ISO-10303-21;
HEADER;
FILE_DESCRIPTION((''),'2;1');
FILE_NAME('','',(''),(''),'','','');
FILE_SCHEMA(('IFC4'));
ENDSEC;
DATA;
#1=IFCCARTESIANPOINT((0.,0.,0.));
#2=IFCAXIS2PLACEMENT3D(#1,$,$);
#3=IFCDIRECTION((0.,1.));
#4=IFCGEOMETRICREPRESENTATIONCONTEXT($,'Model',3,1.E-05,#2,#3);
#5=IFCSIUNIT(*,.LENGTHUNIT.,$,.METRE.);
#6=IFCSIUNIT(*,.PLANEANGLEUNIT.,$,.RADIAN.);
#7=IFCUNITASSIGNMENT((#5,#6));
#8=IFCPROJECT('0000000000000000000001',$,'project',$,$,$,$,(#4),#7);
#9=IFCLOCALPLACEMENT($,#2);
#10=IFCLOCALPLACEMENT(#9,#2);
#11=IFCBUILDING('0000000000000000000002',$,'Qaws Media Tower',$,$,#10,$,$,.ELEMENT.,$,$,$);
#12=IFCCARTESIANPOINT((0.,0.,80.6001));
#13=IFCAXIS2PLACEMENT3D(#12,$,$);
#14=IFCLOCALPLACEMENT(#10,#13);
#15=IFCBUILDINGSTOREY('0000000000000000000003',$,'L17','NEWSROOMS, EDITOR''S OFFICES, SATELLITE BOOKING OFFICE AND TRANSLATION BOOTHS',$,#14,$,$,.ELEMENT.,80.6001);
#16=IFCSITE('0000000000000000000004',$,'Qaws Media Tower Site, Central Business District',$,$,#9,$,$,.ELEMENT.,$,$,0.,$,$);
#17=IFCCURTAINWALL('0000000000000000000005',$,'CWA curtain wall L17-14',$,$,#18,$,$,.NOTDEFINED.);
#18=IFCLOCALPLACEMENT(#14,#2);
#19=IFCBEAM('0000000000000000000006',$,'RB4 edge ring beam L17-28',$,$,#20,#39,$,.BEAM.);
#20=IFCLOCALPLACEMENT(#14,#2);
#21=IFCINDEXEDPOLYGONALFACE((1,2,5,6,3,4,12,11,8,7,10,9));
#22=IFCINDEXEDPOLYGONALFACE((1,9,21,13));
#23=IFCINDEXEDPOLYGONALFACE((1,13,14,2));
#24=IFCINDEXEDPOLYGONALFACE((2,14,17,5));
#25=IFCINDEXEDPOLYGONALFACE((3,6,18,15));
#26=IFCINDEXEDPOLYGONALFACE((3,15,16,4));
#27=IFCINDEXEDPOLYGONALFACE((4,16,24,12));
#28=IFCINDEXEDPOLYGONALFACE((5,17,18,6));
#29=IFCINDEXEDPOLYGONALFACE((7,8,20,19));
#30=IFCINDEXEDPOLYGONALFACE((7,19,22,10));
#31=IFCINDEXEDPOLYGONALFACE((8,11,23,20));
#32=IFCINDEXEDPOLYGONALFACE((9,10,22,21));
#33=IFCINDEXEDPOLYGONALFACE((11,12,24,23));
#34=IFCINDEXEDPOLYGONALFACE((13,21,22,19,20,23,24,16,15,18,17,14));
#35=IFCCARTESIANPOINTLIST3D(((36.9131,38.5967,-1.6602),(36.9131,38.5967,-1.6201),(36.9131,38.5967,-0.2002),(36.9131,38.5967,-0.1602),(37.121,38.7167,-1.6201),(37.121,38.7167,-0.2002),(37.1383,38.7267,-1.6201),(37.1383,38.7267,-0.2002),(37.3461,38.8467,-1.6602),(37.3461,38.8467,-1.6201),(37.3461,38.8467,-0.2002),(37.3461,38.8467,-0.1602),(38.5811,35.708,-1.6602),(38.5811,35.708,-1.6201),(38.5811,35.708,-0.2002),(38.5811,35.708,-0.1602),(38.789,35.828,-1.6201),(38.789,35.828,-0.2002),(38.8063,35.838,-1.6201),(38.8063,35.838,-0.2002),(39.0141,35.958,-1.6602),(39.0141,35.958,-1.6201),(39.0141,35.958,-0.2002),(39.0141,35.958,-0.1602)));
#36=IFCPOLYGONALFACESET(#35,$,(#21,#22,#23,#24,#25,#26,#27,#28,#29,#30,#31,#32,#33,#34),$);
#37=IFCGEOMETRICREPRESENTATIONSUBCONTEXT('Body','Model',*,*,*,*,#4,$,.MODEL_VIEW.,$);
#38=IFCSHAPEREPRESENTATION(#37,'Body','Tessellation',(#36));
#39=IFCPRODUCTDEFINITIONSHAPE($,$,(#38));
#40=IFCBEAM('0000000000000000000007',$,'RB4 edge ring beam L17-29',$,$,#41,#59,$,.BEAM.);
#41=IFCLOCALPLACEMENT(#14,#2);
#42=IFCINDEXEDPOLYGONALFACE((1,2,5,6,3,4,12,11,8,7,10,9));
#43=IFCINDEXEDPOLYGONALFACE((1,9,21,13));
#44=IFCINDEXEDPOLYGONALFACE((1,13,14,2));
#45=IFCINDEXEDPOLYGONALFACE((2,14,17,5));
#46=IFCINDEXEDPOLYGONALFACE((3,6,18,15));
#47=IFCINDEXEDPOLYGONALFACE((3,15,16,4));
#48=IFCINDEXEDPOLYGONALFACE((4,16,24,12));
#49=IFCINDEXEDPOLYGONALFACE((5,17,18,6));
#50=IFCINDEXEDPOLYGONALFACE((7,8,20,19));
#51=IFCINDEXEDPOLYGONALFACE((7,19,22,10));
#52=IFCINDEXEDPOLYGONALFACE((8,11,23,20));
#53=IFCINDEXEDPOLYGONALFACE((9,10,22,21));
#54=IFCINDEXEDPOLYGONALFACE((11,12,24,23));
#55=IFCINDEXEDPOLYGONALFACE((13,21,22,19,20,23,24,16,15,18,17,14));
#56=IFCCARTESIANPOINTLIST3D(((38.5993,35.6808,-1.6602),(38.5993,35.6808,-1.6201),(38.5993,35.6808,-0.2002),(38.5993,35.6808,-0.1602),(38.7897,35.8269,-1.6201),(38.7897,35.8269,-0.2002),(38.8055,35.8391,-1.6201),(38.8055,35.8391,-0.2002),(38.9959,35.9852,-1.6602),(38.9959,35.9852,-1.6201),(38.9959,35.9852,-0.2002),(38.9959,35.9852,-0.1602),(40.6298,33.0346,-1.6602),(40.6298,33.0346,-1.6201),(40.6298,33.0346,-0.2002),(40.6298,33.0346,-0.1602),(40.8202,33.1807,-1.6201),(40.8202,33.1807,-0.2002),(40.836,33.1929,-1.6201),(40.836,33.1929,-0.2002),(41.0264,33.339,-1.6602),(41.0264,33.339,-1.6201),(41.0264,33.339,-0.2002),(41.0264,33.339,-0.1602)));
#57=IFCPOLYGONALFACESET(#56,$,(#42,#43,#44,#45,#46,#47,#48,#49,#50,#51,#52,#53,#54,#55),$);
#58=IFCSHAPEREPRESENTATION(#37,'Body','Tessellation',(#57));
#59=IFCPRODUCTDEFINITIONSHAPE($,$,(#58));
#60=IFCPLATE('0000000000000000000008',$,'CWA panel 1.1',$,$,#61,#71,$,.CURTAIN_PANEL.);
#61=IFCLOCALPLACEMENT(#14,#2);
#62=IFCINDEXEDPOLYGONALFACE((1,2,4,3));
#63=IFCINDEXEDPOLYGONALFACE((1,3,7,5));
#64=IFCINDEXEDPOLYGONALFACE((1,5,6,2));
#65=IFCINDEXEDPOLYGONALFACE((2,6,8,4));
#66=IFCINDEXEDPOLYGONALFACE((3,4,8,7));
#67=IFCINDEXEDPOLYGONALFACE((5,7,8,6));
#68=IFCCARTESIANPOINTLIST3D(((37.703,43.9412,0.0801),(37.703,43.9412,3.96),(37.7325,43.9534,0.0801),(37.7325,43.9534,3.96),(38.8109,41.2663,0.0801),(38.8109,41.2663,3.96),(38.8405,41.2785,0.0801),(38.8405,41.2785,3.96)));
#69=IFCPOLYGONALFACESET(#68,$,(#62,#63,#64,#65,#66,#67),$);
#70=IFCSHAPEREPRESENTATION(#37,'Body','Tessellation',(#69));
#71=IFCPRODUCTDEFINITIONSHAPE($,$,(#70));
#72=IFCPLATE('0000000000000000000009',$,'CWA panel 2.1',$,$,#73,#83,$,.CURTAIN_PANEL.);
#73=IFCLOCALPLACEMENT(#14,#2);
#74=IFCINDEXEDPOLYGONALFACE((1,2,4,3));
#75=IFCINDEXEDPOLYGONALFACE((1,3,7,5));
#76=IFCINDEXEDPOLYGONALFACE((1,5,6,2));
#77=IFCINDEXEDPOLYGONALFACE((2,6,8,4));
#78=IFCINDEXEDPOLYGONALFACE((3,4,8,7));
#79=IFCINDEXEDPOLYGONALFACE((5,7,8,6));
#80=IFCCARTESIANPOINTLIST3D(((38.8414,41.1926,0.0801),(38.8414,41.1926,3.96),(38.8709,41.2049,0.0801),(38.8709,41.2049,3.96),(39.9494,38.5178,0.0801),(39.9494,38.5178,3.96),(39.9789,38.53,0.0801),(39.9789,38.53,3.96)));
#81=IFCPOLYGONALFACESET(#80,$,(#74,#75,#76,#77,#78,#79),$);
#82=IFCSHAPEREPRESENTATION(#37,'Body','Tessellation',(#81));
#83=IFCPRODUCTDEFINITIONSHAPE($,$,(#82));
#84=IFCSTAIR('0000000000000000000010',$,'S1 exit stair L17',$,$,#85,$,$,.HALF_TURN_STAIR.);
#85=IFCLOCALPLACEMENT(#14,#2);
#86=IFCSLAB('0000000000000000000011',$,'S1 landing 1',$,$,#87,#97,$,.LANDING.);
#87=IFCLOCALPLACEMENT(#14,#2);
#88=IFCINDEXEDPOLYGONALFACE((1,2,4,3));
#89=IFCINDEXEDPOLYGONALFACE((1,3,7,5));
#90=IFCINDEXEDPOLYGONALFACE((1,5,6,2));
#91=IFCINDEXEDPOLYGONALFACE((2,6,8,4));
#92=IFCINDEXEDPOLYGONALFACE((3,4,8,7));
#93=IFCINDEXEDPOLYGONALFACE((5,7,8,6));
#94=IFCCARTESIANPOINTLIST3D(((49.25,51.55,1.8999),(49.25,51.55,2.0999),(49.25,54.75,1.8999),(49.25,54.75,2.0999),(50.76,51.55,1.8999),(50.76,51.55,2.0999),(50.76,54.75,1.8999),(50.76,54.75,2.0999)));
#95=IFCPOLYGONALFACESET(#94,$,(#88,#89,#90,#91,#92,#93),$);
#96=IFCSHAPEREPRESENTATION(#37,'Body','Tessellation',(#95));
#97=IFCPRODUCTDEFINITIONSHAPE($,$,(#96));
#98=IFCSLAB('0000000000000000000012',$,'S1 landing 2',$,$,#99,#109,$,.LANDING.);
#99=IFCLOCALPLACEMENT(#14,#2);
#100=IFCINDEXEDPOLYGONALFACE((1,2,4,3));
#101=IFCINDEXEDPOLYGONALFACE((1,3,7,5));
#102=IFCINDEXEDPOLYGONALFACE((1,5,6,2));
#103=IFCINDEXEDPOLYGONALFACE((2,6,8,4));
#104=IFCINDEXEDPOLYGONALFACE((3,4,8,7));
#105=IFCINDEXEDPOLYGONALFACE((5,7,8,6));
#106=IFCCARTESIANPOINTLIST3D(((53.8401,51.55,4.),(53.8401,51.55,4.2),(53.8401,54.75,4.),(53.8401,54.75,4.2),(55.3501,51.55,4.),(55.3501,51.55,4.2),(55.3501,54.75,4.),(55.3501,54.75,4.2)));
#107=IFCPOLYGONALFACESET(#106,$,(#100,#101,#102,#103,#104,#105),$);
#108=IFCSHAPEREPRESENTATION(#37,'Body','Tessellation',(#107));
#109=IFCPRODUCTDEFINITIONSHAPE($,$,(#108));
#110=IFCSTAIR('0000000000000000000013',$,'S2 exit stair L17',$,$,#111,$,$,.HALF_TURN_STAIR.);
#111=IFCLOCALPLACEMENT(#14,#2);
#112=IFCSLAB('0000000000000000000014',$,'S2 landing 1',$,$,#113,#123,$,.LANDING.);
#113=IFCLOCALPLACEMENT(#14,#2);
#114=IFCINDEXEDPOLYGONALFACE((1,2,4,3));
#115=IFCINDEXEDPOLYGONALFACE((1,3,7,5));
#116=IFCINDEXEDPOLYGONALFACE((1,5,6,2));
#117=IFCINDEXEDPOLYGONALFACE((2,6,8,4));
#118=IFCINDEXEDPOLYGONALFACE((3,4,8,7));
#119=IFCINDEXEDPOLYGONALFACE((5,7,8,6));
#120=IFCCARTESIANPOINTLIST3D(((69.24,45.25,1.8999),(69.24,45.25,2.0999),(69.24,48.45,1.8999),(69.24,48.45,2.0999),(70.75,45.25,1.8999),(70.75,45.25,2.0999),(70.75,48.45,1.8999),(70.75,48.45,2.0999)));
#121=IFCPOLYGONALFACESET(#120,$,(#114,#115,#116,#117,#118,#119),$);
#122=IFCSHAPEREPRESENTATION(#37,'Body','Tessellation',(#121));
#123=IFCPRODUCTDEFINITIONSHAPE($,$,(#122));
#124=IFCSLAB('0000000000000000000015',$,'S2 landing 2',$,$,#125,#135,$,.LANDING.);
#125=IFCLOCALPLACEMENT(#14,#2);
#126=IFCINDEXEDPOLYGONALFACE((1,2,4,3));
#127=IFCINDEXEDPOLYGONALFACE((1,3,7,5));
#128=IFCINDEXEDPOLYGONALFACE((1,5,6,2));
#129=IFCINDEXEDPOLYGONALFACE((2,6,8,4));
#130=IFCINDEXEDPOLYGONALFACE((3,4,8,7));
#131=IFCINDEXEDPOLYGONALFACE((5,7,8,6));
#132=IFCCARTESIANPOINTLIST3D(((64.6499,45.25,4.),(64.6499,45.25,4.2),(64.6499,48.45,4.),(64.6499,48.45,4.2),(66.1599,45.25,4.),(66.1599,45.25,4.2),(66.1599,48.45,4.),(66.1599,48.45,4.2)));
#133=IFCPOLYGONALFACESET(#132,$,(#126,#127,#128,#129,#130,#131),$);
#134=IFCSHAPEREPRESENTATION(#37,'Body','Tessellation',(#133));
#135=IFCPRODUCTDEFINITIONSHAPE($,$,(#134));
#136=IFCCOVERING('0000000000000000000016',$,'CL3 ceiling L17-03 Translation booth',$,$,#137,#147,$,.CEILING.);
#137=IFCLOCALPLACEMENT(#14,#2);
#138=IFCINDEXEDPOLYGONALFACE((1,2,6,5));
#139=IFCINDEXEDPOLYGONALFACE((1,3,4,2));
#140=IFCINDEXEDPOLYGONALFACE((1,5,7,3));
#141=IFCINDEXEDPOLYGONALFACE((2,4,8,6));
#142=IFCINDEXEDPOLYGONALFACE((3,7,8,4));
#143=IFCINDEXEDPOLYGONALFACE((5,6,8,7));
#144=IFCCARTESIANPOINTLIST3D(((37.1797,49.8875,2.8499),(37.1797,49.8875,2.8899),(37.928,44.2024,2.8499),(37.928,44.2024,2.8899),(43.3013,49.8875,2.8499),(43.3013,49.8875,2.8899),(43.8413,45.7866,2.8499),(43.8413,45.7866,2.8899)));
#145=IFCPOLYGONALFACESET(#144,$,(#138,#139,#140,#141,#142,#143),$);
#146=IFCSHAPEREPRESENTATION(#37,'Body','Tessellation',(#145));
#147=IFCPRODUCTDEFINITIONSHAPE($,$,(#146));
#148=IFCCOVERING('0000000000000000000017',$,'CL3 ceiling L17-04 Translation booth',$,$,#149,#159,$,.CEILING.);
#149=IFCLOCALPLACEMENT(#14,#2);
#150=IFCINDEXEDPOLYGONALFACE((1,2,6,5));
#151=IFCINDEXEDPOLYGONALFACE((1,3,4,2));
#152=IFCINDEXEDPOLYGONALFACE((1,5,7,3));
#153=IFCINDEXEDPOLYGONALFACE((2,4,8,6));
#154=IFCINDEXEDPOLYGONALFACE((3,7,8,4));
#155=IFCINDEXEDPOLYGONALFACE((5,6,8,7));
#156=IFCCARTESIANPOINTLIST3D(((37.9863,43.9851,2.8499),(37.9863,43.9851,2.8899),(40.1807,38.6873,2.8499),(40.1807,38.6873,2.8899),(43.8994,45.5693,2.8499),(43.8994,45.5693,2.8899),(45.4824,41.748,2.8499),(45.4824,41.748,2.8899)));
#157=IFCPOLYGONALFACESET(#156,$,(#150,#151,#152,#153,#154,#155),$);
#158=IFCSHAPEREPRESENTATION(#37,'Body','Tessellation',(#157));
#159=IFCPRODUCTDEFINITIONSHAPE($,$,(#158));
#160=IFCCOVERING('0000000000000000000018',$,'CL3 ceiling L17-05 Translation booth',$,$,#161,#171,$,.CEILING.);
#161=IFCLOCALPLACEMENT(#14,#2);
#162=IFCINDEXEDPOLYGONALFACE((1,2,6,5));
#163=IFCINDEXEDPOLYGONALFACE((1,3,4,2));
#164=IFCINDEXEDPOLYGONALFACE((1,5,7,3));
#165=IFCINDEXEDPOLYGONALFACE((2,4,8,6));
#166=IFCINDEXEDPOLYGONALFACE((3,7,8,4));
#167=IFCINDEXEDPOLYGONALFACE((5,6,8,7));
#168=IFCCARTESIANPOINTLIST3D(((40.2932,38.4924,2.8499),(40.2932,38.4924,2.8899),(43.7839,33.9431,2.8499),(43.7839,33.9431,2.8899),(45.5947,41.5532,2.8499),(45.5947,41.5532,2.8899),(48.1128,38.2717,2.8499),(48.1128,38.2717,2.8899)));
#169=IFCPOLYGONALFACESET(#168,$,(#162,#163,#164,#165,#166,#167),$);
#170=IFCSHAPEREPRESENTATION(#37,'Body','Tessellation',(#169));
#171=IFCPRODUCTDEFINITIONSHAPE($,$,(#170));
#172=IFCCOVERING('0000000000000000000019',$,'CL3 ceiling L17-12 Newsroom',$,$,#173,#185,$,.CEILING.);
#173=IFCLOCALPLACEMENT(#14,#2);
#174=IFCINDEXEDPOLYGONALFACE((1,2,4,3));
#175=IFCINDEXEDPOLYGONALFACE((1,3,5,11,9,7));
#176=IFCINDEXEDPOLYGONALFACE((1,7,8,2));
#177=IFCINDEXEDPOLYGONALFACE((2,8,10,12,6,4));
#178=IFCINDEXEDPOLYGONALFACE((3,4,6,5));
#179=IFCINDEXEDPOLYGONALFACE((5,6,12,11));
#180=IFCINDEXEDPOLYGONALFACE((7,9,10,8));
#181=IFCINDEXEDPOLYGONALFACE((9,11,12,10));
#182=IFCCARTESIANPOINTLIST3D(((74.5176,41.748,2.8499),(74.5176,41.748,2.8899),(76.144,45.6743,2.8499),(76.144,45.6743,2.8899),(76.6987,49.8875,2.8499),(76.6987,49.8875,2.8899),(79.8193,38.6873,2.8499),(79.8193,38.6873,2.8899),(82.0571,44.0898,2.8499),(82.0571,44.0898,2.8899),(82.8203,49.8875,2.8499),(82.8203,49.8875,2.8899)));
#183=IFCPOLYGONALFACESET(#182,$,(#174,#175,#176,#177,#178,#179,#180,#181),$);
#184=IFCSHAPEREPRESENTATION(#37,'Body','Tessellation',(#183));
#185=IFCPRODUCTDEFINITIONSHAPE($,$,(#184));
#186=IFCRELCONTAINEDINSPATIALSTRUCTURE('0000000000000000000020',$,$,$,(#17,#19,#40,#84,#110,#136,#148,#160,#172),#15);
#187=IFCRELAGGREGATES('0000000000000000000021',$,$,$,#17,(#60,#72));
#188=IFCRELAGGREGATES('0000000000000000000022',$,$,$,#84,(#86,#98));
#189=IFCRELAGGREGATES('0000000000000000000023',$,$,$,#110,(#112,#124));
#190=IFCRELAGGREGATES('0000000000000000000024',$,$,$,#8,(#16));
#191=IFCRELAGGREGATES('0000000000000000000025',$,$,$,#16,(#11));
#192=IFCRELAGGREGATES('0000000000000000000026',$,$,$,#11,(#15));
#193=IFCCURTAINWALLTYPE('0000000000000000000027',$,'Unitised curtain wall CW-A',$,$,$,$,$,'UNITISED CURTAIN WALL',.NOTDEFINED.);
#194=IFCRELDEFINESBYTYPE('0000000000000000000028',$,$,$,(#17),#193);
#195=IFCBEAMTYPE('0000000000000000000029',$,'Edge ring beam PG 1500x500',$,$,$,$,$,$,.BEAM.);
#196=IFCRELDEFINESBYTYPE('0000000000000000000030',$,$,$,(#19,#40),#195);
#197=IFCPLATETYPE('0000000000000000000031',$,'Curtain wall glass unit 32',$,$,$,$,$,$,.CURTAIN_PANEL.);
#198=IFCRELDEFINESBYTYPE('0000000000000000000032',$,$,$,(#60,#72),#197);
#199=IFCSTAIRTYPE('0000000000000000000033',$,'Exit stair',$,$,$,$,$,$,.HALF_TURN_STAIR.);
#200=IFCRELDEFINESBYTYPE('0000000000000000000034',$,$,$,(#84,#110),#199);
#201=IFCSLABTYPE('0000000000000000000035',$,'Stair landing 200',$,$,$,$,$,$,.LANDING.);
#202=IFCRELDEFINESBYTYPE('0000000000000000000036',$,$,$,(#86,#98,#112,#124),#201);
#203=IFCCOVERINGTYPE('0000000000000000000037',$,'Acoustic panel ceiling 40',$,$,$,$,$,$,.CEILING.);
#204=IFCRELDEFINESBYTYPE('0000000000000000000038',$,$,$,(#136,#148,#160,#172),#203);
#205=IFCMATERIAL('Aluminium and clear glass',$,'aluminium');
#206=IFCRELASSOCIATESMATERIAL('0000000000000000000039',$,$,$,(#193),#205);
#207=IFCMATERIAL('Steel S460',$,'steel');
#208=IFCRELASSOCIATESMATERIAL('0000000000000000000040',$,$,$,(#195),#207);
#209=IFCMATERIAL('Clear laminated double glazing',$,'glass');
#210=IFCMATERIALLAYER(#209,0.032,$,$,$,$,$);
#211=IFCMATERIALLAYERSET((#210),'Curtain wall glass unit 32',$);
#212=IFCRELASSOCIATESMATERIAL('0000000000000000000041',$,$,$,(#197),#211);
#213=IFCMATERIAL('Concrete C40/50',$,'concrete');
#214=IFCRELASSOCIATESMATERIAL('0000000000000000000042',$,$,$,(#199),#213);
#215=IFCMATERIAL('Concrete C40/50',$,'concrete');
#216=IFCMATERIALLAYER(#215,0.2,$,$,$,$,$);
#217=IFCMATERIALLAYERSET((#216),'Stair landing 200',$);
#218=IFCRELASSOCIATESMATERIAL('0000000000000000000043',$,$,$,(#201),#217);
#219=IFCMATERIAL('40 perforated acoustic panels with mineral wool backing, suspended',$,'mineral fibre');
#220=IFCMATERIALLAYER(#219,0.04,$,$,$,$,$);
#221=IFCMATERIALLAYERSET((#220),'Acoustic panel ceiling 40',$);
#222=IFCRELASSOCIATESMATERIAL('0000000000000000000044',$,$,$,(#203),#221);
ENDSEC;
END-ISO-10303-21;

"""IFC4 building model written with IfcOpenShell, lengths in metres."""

from ifc_helpers import new_model, si_unit, direction, frame, origin, origin_2d, place, context, subcontext, project, spatial, polyline, rectangle, i_section, outline, extrude, material, layer, layer_set, material_profile, profile_set, type_object, element, aggregate, save


model = new_model("IFC4")

# Units and contexts
model_context = context("Model", 3, precision=1e-05, world=origin(), true_north=direction((0.0, 1.0)))
body_context = subcontext(model_context, "Body", "Model", "MODEL_VIEW")
ifc_project = project(units=[si_unit("LENGTHUNIT", "METRE"), si_unit("PLANEANGLEUNIT", "RADIAN")], contexts=[model_context])

# Site, building, storey
site_placement = place(None, origin())
site = spatial("IfcSite", under=ifc_project, at=site_placement, Name="Qaws Media Tower Site, Central Business District", CompositionType="ELEMENT", RefElevation=0.0)
building_placement = place(site_placement, origin())
building = spatial("IfcBuilding", under=site, at=building_placement, Name="Qaws Media Tower", CompositionType="ELEMENT")
storey_placement = place(building_placement, frame((0.0, 0.0, 80.6001)))
storey = spatial("IfcBuildingStorey", under=building, at=storey_placement, Name="L17", Description="NEWSROOMS, EDITOR'S OFFICES, SATELLITE BOOKING OFFICE AND TRANSLATION BOOTHS", CompositionType="ELEMENT", Elevation=80.6001)

# Curtain wall
ifc_material_1 = material(Name="Aluminium and clear glass", Category="aluminium")
curtain_wall_type = type_object("IfcCurtainWallType", Name="Unitised curtain wall CW-A", ElementType="UNITISED CURTAIN WALL", PredefinedType="NOTDEFINED", material=ifc_material_1)
curtain_wall_placement = place(storey_placement, origin())
curtain_wall = element("IfcCurtainWall", 1, at=curtain_wall_placement, inside=storey, type_object=curtain_wall_type, Name="CWA curtain wall L17-14", PredefinedType="NOTDEFINED")

# Beams
ifc_material_2 = material(Name="Steel S460", Category="steel")
ifc_material_profile_1 = material_profile(ifc_material_2, i_section(OverallWidth=0.5, OverallDepth=1.5, WebThickness=0.02, FlangeThickness=0.04, at=origin_2d()), Name="PG 1500x500")
ifc_profile_set_1 = profile_set([ifc_material_profile_1], Name="Steel S460")
beam_type = type_object("IfcBeamType", Name="Edge ring beam PG 1500x500", PredefinedType="BEAM", material=ifc_profile_set_1)
beam_1_placement = place(storey_placement, frame((37.1296, 38.7217, -0.9102), z_axis=(0.500043, -0.866, 0.0), x_axis=(0.866, 0.500043, 0.0)))
element("IfcBeam", 2, at=beam_1_placement, inside=storey, type_object=beam_type, Name="RB4 edge ring beam L17-28", PredefinedType="BEAM", context=body_context, shape_type="SweptSolid", body=[
    extrude(i_section(OverallWidth=0.5, OverallDepth=1.5, WebThickness=0.02, FlangeThickness=0.04, at=origin_2d()), origin(), (0.0, 0.0, 1.0), 3.3357),
])
beam_2_placement = place(storey_placement, frame((38.7976, 35.833, -0.9102), z_axis=(0.608759, -0.793355, 0.0), x_axis=(0.793355, 0.608759, 0.0)))
element("IfcBeam", 3, at=beam_2_placement, inside=storey, type_object=beam_type, Name="RB4 edge ring beam L17-29", PredefinedType="BEAM", context=body_context, shape_type="SweptSolid", body=[
    extrude(i_section(OverallWidth=0.5, OverallDepth=1.5, WebThickness=0.02, FlangeThickness=0.04, at=origin_2d()), origin(), (0.0, 0.0, 1.0), 3.3354),
])

# Plates
ifc_material_3 = material(Name="Clear laminated double glazing", Category="glass")
ifc_layer_1 = layer(ifc_material_3, 0.032)
ifc_layer_set_1 = layer_set([ifc_layer_1], Name="Curtain wall glass unit 32")
plate_type = type_object("IfcPlateType", Name="Curtain wall glass unit 32", PredefinedType="CURTAIN_PANEL", material=ifc_layer_set_1)
plate_1_placement = place(storey_placement, frame((38.2717, 42.6099, 0.0801), z_axis=(0.0, 0.0, 1.0), x_axis=(0.382683, -0.92388, 0.0)))
plate_1 = element("IfcPlate", 4, at=plate_1_placement, type_object=plate_type, Name="CWA panel 1.1", PredefinedType="CURTAIN_PANEL", context=body_context, shape_type="SweptSolid", body=[
    extrude(rectangle(XDim=2.8953, YDim=0.032, at=origin_2d()), origin(), (0.0, 0.0, 1.0), 3.8799),
])
plate_2_placement = place(storey_placement, frame((39.4102, 39.8613, 0.0801), z_axis=(0.0, 0.0, 1.0), x_axis=(0.382683, -0.92388, 0.0)))
plate_2 = element("IfcPlate", 5, at=plate_2_placement, type_object=plate_type, Name="CWA panel 2.1", PredefinedType="CURTAIN_PANEL", context=body_context, shape_type="SweptSolid", body=[
    extrude(rectangle(XDim=2.8953, YDim=0.032, at=origin_2d()), origin(), (0.0, 0.0, 1.0), 3.8799),
])
aggregate(curtain_wall, [plate_1, plate_2])

# Stairs, slabs
ifc_material_4 = material(Name="Concrete C40/50", Category="concrete")
stair_type = type_object("IfcStairType", Name="Exit stair", PredefinedType="HALF_TURN_STAIR", material=ifc_material_4)
stair_1_placement = place(storey_placement, origin())
stair_1 = element("IfcStair", 6, at=stair_1_placement, inside=storey, type_object=stair_type, Name="S1 exit stair L17", PredefinedType="HALF_TURN_STAIR")
ifc_material_5 = material(Name="Concrete C40/50", Category="concrete")
ifc_layer_2 = layer(ifc_material_5, 0.2)
ifc_layer_set_2 = layer_set([ifc_layer_2], Name="Stair landing 200")
slab_type = type_object("IfcSlabType", Name="Stair landing 200", PredefinedType="LANDING", material=ifc_layer_set_2)
slab_1_placement = place(storey_placement, frame((0.0, 0.0, 1.8999)))
slab_1 = element("IfcSlab", 7, at=slab_1_placement, type_object=slab_type, Name="S1 landing 1", PredefinedType="LANDING", context=body_context, shape_type="SweptSolid", body=[
    extrude(outline(polyline([(49.25, 51.55), (50.76, 51.55), (50.76, 54.75), (49.25, 54.75), (49.25, 51.55)])), origin(), (0.0, 0.0, 1.0), 0.2),
])
slab_2_placement = place(storey_placement, frame((0.0, 0.0, 4.0)))
slab_2 = element("IfcSlab", 8, at=slab_2_placement, type_object=slab_type, Name="S1 landing 2", PredefinedType="LANDING", context=body_context, shape_type="SweptSolid", body=[
    extrude(outline(polyline([(53.8401, 51.55), (55.3501, 51.55), (55.3501, 54.75), (53.8401, 54.75), (53.8401, 51.55)])), origin(), (0.0, 0.0, 1.0), 0.2),
])
aggregate(stair_1, [slab_1, slab_2])
stair_2_placement = place(storey_placement, origin())
stair_2 = element("IfcStair", 9, at=stair_2_placement, inside=storey, type_object=stair_type, Name="S2 exit stair L17", PredefinedType="HALF_TURN_STAIR")
slab_3_placement = place(storey_placement, frame((0.0, 0.0, 1.8999)))
slab_3 = element("IfcSlab", 10, at=slab_3_placement, type_object=slab_type, Name="S2 landing 1", PredefinedType="LANDING", context=body_context, shape_type="SweptSolid", body=[
    extrude(outline(polyline([(69.24, 45.25), (70.75, 45.25), (70.75, 48.45), (69.24, 48.45), (69.24, 45.25)])), origin(), (0.0, 0.0, 1.0), 0.2),
])
slab_4_placement = place(storey_placement, frame((0.0, 0.0, 4.0)))
slab_4 = element("IfcSlab", 11, at=slab_4_placement, type_object=slab_type, Name="S2 landing 2", PredefinedType="LANDING", context=body_context, shape_type="SweptSolid", body=[
    extrude(outline(polyline([(64.6499, 45.25), (66.1599, 45.25), (66.1599, 48.45), (64.6499, 48.45), (64.6499, 45.25)])), origin(), (0.0, 0.0, 1.0), 0.2),
])
aggregate(stair_2, [slab_3, slab_4])

# Coverings
ifc_material_6 = material(Name="40 perforated acoustic panels with mineral wool backing, suspended", Category="mineral fibre")
ifc_layer_3 = layer(ifc_material_6, 0.04)
ifc_layer_set_3 = layer_set([ifc_layer_3], Name="Acoustic panel ceiling 40")
covering_type_1 = type_object("IfcCoveringType", Name="Acoustic panel ceiling 40", PredefinedType="CEILING", material=ifc_layer_set_3)
covering_1_placement = place(storey_placement, frame((0.0, 0.0, 2.8499)))
element("IfcCovering", 12, at=covering_1_placement, inside=storey, type_object=covering_type_1, Name="CL3 ceiling L17-03 Translation booth", PredefinedType="CEILING", context=body_context, shape_type="SweptSolid", body=[
    extrude(outline(polyline([(37.1797, 49.8875), (43.3013, 49.8875), (43.8413, 45.7866), (37.928, 44.2024), (37.1797, 49.8875)])), origin(), (0.0, 0.0, 1.0), 0.04),
])
covering_2_placement = place(storey_placement, frame((0.0, 0.0, 2.8499)))
element("IfcCovering", 13, at=covering_2_placement, inside=storey, type_object=covering_type_1, Name="CL3 ceiling L17-04 Translation booth", PredefinedType="CEILING", context=body_context, shape_type="SweptSolid", body=[
    extrude(outline(polyline([(37.9863, 43.9851), (43.8994, 45.5693), (45.4824, 41.748), (40.1807, 38.6873), (37.9863, 43.9851)])), origin(), (0.0, 0.0, 1.0), 0.04),
])
covering_3_placement = place(storey_placement, frame((0.0, 0.0, 2.8499)))
element("IfcCovering", 14, at=covering_3_placement, inside=storey, type_object=covering_type_1, Name="CL3 ceiling L17-05 Translation booth", PredefinedType="CEILING", context=body_context, shape_type="SweptSolid", body=[
    extrude(outline(polyline([(40.2932, 38.4924), (45.5947, 41.5532), (48.1128, 38.2717), (43.7839, 33.9431), (40.2932, 38.4924)])), origin(), (0.0, 0.0, 1.0), 0.04),
])
covering_4_placement = place(storey_placement, frame((0.0, 0.0, 2.8499)))
element("IfcCovering", 15, at=covering_4_placement, inside=storey, type_object=covering_type_1, Name="CL3 ceiling L17-12 Newsroom", PredefinedType="CEILING", context=body_context, shape_type="SweptSolid", body=[
    extrude(outline(polyline([(76.144, 45.6743), (76.6987, 49.8875), (82.8203, 49.8875), (82.0571, 44.0898), (79.8193, 38.6873), (74.5176, 41.748), (76.144, 45.6743)])), origin(), (0.0, 0.0, 1.0), 0.04),
])

save(model, "model.ifc")
